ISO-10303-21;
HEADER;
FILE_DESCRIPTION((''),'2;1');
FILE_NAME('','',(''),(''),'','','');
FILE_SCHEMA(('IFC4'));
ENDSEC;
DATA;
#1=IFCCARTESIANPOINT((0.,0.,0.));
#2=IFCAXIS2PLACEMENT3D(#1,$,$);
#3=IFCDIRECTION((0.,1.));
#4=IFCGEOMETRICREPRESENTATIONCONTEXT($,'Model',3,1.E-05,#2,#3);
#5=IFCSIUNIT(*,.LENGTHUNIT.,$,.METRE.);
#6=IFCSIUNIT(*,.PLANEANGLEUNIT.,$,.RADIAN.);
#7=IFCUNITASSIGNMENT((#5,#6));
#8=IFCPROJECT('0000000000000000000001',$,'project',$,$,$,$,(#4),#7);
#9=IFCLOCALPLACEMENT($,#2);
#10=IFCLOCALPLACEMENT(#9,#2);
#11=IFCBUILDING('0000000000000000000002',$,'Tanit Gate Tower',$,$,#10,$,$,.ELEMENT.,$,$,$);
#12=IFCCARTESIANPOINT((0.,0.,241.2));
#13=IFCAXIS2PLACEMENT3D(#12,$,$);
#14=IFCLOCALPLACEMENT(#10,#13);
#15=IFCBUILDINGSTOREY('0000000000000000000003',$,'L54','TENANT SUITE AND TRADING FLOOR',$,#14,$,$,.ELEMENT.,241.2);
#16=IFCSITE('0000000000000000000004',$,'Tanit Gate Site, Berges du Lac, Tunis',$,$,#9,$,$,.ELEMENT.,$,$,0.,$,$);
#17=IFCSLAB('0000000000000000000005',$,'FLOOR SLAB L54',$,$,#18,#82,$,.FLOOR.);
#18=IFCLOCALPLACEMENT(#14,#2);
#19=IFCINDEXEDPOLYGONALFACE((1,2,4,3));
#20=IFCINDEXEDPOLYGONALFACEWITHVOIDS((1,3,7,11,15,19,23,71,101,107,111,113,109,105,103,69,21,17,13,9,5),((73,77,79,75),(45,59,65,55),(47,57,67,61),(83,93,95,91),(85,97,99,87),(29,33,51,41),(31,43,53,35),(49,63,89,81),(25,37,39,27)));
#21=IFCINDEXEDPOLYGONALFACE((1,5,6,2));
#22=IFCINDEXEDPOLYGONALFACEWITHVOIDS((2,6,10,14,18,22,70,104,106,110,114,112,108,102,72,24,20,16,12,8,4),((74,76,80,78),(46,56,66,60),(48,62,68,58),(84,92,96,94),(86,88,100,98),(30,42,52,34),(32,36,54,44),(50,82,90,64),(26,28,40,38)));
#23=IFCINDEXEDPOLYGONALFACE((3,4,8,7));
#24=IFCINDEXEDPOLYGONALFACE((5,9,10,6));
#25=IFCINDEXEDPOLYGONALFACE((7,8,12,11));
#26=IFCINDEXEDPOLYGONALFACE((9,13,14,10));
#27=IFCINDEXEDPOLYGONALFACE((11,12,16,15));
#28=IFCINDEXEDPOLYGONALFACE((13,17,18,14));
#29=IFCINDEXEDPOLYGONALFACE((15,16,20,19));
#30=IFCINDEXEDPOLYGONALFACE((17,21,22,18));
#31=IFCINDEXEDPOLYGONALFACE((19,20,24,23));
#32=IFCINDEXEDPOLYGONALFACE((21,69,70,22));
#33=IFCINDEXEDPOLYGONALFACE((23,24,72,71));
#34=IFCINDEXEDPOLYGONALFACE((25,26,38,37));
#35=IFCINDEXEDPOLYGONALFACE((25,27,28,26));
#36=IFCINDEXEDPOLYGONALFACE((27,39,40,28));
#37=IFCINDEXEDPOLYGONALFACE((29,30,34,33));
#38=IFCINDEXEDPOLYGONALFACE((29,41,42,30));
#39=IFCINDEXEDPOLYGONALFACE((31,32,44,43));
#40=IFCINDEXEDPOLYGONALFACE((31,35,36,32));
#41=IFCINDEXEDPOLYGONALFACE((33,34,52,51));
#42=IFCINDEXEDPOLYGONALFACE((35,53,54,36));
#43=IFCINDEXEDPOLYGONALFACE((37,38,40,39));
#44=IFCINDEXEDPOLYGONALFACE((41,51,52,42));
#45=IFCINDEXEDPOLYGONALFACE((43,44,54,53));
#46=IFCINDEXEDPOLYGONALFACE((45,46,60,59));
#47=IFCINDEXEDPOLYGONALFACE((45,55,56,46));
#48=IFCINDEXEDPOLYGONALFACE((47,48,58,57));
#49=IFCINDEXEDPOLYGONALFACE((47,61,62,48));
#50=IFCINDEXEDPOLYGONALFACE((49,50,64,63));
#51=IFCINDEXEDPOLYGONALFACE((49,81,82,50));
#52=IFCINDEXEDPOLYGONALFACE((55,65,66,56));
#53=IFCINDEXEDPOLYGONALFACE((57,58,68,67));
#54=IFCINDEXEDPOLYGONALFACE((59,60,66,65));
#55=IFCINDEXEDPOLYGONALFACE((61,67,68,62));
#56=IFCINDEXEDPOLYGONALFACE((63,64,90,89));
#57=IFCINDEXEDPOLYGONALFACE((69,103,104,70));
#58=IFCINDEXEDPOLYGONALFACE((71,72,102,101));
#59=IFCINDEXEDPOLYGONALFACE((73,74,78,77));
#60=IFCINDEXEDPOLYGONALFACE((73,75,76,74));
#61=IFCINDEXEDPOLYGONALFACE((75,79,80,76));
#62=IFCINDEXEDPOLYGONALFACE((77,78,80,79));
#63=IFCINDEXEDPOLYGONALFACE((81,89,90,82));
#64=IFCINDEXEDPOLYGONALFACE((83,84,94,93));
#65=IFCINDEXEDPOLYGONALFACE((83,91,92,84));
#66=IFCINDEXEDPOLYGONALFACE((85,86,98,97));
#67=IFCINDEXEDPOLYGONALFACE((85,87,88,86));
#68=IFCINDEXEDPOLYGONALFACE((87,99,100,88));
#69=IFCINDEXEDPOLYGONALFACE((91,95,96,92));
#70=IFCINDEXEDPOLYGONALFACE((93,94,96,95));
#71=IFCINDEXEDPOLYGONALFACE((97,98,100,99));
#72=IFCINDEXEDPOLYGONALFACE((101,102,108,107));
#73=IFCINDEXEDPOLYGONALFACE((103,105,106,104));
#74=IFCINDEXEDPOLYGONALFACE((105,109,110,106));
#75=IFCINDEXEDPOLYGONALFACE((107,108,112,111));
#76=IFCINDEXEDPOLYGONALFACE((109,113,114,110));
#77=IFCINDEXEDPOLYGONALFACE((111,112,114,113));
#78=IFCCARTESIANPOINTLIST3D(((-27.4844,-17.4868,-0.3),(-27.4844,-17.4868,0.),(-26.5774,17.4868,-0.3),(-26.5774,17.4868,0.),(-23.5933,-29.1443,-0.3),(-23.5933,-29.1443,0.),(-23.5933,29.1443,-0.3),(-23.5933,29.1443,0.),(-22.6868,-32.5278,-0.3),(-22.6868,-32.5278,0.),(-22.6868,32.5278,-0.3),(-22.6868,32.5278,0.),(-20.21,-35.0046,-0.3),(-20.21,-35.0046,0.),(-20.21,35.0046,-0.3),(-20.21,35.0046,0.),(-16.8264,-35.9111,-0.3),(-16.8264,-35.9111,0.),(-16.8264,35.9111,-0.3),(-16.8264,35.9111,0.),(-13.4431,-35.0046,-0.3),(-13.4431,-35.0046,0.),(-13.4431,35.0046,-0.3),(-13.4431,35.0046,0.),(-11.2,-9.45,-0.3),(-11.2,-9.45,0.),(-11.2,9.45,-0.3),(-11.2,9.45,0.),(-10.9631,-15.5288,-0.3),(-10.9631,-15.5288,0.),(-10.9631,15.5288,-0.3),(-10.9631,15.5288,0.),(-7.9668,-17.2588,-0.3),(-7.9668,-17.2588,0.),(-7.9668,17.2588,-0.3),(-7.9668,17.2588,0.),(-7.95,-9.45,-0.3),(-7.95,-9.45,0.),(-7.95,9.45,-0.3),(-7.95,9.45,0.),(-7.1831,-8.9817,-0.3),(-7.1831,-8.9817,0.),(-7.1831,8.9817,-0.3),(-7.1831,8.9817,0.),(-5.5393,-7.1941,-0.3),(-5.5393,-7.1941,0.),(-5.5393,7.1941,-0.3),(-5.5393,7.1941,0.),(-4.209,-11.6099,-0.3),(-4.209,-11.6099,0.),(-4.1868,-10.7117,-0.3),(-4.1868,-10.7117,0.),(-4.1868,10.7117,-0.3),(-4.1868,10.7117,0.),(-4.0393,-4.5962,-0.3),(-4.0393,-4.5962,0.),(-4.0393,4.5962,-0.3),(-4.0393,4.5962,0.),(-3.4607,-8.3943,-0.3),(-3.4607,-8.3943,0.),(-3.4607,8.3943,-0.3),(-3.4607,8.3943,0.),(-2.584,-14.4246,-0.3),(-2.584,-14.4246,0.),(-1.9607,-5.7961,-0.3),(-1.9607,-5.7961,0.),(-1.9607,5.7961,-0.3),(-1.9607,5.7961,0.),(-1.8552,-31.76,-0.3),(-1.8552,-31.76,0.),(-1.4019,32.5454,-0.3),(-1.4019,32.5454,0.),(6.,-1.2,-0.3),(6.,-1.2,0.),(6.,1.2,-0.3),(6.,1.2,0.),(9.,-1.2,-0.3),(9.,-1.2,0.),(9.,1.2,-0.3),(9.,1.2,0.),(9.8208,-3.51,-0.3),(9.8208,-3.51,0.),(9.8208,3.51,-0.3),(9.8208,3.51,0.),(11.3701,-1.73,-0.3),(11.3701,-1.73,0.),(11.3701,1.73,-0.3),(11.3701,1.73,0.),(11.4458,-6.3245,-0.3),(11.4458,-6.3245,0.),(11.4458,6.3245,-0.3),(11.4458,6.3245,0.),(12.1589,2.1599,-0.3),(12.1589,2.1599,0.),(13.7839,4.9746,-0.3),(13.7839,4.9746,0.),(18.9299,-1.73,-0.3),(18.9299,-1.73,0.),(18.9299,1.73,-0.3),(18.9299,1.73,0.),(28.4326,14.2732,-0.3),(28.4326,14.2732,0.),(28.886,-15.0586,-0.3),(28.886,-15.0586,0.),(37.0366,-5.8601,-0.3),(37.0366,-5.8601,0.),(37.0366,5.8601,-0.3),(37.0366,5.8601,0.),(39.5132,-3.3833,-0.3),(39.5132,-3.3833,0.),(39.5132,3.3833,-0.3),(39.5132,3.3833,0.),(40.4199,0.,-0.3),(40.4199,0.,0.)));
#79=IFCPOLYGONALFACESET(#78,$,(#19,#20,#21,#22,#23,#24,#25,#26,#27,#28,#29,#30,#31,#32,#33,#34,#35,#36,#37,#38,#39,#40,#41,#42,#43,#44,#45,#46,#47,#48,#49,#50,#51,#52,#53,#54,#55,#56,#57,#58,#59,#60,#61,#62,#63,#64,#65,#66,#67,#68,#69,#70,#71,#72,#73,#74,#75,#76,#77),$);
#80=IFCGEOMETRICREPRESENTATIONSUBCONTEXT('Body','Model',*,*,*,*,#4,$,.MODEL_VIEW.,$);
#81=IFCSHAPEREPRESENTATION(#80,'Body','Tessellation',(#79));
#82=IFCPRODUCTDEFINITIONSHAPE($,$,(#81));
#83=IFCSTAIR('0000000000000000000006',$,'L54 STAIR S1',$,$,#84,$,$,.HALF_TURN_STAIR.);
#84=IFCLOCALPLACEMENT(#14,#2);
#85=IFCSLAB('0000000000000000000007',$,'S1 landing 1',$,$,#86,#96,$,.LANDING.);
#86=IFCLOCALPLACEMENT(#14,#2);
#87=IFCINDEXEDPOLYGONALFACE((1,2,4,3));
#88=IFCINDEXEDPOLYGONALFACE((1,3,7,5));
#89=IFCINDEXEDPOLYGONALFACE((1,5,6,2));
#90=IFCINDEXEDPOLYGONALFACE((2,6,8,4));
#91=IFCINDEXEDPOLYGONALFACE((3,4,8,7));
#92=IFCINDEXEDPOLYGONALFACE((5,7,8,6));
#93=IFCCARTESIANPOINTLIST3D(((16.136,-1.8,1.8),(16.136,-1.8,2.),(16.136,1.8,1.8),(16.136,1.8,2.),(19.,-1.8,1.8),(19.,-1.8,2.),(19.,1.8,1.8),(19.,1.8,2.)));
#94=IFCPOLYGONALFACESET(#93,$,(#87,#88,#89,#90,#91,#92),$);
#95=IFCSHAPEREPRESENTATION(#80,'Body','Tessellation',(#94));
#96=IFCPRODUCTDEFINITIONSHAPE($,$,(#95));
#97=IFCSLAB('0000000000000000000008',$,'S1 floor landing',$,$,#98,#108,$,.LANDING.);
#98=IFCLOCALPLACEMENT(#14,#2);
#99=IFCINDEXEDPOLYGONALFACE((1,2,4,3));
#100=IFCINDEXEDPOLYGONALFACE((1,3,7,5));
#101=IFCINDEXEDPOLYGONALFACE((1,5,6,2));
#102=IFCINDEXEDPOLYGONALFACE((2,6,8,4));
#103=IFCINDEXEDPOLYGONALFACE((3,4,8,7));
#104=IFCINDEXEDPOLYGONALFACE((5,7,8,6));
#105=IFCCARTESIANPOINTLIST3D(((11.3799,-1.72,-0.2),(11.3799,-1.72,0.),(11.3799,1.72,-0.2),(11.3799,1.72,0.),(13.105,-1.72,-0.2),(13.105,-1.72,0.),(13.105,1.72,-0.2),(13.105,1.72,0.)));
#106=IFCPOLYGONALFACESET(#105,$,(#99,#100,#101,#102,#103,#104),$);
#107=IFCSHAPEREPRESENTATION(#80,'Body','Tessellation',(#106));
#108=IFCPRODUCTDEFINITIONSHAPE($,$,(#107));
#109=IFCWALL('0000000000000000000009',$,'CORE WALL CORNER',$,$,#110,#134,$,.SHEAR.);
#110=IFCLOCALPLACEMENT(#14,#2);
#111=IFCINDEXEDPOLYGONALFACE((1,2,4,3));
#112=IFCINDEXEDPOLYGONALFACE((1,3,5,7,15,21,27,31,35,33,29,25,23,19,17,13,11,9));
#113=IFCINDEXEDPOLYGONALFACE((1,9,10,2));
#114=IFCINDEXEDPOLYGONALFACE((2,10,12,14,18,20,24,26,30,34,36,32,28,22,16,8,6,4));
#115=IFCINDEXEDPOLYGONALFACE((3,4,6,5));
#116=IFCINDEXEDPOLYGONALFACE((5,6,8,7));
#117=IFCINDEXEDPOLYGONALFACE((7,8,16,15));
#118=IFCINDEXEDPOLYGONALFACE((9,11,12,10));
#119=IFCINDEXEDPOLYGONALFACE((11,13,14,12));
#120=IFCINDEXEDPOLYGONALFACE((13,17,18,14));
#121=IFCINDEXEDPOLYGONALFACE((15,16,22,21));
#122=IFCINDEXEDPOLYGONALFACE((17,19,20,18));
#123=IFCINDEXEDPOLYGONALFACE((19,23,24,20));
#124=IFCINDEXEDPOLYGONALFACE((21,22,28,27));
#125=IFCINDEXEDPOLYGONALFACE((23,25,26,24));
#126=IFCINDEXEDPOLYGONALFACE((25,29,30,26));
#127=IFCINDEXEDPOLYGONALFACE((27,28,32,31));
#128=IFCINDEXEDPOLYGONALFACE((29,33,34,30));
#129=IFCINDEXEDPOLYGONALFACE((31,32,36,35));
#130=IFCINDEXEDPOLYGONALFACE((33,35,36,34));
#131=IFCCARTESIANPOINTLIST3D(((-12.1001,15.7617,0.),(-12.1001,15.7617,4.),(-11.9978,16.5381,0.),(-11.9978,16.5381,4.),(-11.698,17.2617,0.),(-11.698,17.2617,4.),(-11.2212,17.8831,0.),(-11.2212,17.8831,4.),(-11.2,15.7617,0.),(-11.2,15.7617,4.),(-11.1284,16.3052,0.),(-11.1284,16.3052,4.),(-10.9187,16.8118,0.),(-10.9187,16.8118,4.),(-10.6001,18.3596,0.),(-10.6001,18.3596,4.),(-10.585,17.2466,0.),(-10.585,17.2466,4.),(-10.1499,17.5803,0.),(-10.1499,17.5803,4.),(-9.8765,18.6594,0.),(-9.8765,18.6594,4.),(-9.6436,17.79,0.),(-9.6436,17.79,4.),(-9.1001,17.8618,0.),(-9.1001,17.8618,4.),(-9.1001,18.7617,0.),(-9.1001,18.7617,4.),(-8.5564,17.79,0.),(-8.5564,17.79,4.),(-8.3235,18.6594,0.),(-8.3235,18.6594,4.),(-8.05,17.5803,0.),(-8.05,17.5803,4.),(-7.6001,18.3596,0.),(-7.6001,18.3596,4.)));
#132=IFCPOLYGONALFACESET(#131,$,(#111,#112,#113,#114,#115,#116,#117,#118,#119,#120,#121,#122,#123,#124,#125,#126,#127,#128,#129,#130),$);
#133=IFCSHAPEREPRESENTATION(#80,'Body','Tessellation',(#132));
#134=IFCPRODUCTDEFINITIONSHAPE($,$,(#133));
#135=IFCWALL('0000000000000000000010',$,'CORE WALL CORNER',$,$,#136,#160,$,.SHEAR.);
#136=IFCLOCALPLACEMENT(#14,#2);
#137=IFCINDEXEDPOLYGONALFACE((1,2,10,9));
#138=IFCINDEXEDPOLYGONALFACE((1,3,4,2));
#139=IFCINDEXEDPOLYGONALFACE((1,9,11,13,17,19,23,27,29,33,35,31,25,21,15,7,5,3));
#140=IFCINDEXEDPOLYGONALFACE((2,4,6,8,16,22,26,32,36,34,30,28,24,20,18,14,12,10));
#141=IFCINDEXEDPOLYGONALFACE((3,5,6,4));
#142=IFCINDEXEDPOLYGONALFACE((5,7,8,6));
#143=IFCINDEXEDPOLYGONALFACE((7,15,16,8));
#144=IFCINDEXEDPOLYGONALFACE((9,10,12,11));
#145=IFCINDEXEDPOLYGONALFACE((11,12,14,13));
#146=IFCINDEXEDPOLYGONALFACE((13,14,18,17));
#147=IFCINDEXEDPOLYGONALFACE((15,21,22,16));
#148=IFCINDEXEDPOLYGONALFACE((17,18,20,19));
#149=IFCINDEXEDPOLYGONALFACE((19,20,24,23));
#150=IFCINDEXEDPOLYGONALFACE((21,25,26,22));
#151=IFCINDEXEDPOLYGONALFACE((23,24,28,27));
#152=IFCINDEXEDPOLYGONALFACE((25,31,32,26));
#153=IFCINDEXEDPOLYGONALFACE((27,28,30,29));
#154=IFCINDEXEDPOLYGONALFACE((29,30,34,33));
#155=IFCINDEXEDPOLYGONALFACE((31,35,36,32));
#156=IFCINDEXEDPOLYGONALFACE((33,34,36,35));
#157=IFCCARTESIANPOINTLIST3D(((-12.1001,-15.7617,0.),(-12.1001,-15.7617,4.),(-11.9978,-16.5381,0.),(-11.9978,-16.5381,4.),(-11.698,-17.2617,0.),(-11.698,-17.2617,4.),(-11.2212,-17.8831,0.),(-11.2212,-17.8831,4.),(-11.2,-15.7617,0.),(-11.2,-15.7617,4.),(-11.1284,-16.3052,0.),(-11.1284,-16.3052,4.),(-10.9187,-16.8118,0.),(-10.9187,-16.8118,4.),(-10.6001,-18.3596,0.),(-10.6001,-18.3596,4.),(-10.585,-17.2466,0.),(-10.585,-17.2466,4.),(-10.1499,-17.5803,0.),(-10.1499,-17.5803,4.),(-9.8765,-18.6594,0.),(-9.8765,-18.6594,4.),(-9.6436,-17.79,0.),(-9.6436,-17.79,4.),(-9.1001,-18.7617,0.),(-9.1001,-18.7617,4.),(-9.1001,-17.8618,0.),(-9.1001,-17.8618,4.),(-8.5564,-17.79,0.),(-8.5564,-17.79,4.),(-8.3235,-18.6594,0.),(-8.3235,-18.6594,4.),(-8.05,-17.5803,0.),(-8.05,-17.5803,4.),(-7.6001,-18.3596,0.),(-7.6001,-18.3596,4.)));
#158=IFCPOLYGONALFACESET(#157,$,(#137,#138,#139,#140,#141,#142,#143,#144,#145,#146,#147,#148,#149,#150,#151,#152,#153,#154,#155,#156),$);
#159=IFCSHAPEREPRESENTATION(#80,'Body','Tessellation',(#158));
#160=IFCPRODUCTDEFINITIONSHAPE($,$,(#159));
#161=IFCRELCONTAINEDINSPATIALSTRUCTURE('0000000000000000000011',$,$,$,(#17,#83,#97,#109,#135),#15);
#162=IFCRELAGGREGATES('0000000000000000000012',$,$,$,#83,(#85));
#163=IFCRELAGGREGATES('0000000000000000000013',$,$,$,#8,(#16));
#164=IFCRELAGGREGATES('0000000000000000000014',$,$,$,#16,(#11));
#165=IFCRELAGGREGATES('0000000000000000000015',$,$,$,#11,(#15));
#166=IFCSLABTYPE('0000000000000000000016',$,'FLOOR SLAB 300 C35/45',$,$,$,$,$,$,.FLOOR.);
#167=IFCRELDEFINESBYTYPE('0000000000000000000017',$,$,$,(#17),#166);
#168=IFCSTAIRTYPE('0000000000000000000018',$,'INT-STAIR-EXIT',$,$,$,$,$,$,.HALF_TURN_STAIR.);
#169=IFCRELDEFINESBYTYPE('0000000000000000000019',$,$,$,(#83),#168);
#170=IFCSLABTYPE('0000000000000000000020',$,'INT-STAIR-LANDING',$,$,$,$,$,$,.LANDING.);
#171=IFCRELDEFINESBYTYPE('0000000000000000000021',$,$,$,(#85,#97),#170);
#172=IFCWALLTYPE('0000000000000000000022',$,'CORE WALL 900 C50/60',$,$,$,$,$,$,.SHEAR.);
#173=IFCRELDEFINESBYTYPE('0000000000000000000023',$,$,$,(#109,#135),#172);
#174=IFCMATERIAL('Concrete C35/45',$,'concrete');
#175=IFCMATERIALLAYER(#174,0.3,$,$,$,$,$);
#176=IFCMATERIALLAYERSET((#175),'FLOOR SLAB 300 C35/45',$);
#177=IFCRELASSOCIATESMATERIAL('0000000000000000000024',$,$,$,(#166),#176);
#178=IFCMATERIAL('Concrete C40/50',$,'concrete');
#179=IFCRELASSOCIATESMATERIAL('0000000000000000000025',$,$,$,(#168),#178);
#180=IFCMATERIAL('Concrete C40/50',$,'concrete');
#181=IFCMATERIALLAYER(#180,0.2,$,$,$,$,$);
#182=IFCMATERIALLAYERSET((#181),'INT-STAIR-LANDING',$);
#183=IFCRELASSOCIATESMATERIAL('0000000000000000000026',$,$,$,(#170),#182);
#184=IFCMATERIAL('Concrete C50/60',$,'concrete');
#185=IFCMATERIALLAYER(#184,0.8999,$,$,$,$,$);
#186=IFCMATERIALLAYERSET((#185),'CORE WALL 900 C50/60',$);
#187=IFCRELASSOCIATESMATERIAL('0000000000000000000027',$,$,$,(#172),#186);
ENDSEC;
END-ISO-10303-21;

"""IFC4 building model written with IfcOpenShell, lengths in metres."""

from ifc_helpers import new_model, si_unit, direction, frame, origin, place, context, subcontext, project, spatial, polyline, outline, extrude, material, layer, layer_set, type_object, element, aggregate, save


model = new_model("IFC4")

# Units and contexts
model_context = context("Model", 3, precision=1e-05, world=origin(), true_north=direction((0.0, 1.0)))
body_context = subcontext(model_context, "Body", "Model", "MODEL_VIEW")
ifc_project = project(units=[si_unit("LENGTHUNIT", "METRE"), si_unit("PLANEANGLEUNIT", "RADIAN")], contexts=[model_context])

# Site, building, storey
site_placement = place(None, origin())
site = spatial("IfcSite", under=ifc_project, at=site_placement, Name="Tanit Gate Site, Berges du Lac, Tunis", CompositionType="ELEMENT", RefElevation=0.0)
building_placement = place(site_placement, origin())
building = spatial("IfcBuilding", under=site, at=building_placement, Name="Tanit Gate Tower", CompositionType="ELEMENT")
storey_placement = place(building_placement, frame((0.0, 0.0, 241.2)))
storey = spatial("IfcBuildingStorey", under=building, at=storey_placement, Name="L54", Description="TENANT SUITE AND TRADING FLOOR", CompositionType="ELEMENT", Elevation=241.2)

# Slab
ifc_material_1 = material(Name="Concrete C35/45", Category="concrete")
ifc_layer_1 = layer(ifc_material_1, 0.3)
ifc_layer_set_1 = layer_set([ifc_layer_1], Name="FLOOR SLAB 300 C35/45")
slab_type_1 = type_object("IfcSlabType", Name="FLOOR SLAB 300 C35/45", PredefinedType="FLOOR", material=ifc_layer_set_1)
slab_1_placement = place(storey_placement, frame((0.0, 0.0, -0.3)))
element("IfcSlab", 1, at=slab_1_placement, inside=storey, type_object=slab_type_1, Name="FLOOR SLAB L54", PredefinedType="FLOOR", context=body_context, shape_type="SweptSolid", body=[
    extrude(outline(polyline([(37.0366, 5.8601), (39.5132, 3.3833), (40.4199, 0.0), (39.5132, -3.3833), (37.0366, -5.8601), (28.886, -15.0586), (-1.8552, -31.76), (-13.4431, -35.0046), (-16.8264, -35.9111), (-20.21, -35.0046), (-22.6868, -32.5278), (-23.5933, -29.1443), (-27.4844, -17.4868), (-26.5774, 17.4868), (-23.5933, 29.1443), (-22.6868, 32.5278), (-20.21, 35.0046), (-16.8264, 35.9111), (-13.4431, 35.0046), (-1.4019, 32.5454), (28.4326, 14.2732), (37.0366, 5.8601)]), holes=[polyline([(11.3701, 1.73), (18.9299, 1.73), (18.9299, -1.73), (11.3701, -1.73), (11.3701, 1.73)]), polyline([(9.8208, 3.51), (11.4458, 6.3245), (13.7839, 4.9746), (12.1589, 2.1599), (9.8208, 3.51)]), polyline([(-4.209, -11.6099), (9.8208, -3.51), (11.4458, -6.3245), (-2.584, -14.4246), (-4.209, -11.6099)]), polyline([(6.0, 1.2), (9.0, 1.2), (9.0, -1.2), (6.0, -1.2), (6.0, 1.2)]), polyline([(-5.5393, 7.1941), (-3.4607, 8.3943), (-1.9607, 5.7961), (-4.0393, 4.5962), (-5.5393, 7.1941)]), polyline([(-1.9607, -5.7961), (-3.4607, -8.3943), (-5.5393, -7.1941), (-4.0393, -4.5962), (-1.9607, -5.7961)]), polyline([(-10.9631, 15.5288), (-7.9668, 17.2588), (-4.1868, 10.7117), (-7.1831, 8.9817), (-10.9631, 15.5288)]), polyline([(-4.1868, -10.7117), (-7.9668, -17.2588), (-10.9631, -15.5288), (-7.1831, -8.9817), (-4.1868, -10.7117)]), polyline([(-11.2, -9.45), (-11.2, 9.45), (-7.95, 9.45), (-7.95, -9.45), (-11.2, -9.45)])]), origin(), (0.0, 0.0, 1.0), 0.3),
])

# Stair, slab
ifc_material_2 = material(Name="Concrete C40/50", Category="concrete")
stair_type = type_object("IfcStairType", Name="INT-STAIR-EXIT", PredefinedType="HALF_TURN_STAIR", material=ifc_material_2)
stair_placement = place(storey_placement, origin())
stair = element("IfcStair", 2, at=stair_placement, inside=storey, type_object=stair_type, Name="L54 STAIR S1", PredefinedType="HALF_TURN_STAIR")
ifc_material_3 = material(Name="Concrete C40/50", Category="concrete")
ifc_layer_2 = layer(ifc_material_3, 0.2)
ifc_layer_set_2 = layer_set([ifc_layer_2], Name="INT-STAIR-LANDING")
slab_type_2 = type_object("IfcSlabType", Name="INT-STAIR-LANDING", PredefinedType="LANDING", material=ifc_layer_set_2)
slab_2_placement = place(storey_placement, frame((0.0, 0.0, 1.8)))
slab_2 = element("IfcSlab", 3, at=slab_2_placement, type_object=slab_type_2, Name="S1 landing 1", PredefinedType="LANDING", context=body_context, shape_type="SweptSolid", body=[
    extrude(outline(polyline([(16.136, -1.8), (19.0, -1.8), (19.0, 1.8), (16.136, 1.8), (16.136, -1.8)])), origin(), (0.0, 0.0, 1.0), 0.2),
])
aggregate(stair, [slab_2])

# Slab
slab_3_placement = place(storey_placement, frame((0.0, 0.0, -0.2)))
element("IfcSlab", 4, at=slab_3_placement, inside=storey, type_object=slab_type_2, Name="S1 floor landing", PredefinedType="LANDING", context=body_context, shape_type="SweptSolid", body=[
    extrude(outline(polyline([(11.3799, -1.72), (13.105, -1.72), (13.105, 1.72), (11.3799, 1.72), (11.3799, -1.72)])), origin(), (0.0, 0.0, 1.0), 0.2),
])

# Walls
ifc_material_4 = material(Name="Concrete C50/60", Category="concrete")
ifc_layer_3 = layer(ifc_material_4, 0.8999)
ifc_layer_set_3 = layer_set([ifc_layer_3], Name="CORE WALL 900 C50/60")
wall_type_1 = type_object("IfcWallType", Name="CORE WALL 900 C50/60", PredefinedType="SHEAR", material=ifc_layer_set_3)
wall_1_placement = place(storey_placement, origin())
element("IfcWall", 5, at=wall_1_placement, inside=storey, type_object=wall_type_1, Name="CORE WALL CORNER", PredefinedType="SHEAR", context=body_context, shape_type="SweptSolid", body=[
    extrude(outline(polyline([(-7.6001, 18.3596), (-8.3235, 18.6594), (-9.1001, 18.7617), (-9.8765, 18.6594), (-10.6001, 18.3596), (-11.2212, 17.8831), (-11.698, 17.2617), (-11.9978, 16.5381), (-12.1001, 15.7617), (-11.2, 15.7617), (-11.1284, 16.3052), (-10.9187, 16.8118), (-10.585, 17.2466), (-10.1499, 17.5803), (-9.6436, 17.79), (-9.1001, 17.8618), (-8.5564, 17.79), (-8.05, 17.5803), (-7.6001, 18.3596)])), origin(), (0.0, 0.0, 1.0), 4.0),
])
wall_2_placement = place(storey_placement, origin())
element("IfcWall", 6, at=wall_2_placement, inside=storey, type_object=wall_type_1, Name="CORE WALL CORNER", PredefinedType="SHEAR", context=body_context, shape_type="SweptSolid", body=[
    extrude(outline(polyline([(-12.1001, -15.7617), (-11.9978, -16.5381), (-11.698, -17.2617), (-11.2212, -17.8831), (-10.6001, -18.3596), (-9.8765, -18.6594), (-9.1001, -18.7617), (-8.3235, -18.6594), (-7.6001, -18.3596), (-8.05, -17.5803), (-8.5564, -17.79), (-9.1001, -17.8618), (-9.6436, -17.79), (-10.1499, -17.5803), (-10.585, -17.2466), (-10.9187, -16.8118), (-11.1284, -16.3052), (-11.2, -15.7617), (-12.1001, -15.7617)])), origin(), (0.0, 0.0, 1.0), 4.0),
])

save(model, "model.ifc")
